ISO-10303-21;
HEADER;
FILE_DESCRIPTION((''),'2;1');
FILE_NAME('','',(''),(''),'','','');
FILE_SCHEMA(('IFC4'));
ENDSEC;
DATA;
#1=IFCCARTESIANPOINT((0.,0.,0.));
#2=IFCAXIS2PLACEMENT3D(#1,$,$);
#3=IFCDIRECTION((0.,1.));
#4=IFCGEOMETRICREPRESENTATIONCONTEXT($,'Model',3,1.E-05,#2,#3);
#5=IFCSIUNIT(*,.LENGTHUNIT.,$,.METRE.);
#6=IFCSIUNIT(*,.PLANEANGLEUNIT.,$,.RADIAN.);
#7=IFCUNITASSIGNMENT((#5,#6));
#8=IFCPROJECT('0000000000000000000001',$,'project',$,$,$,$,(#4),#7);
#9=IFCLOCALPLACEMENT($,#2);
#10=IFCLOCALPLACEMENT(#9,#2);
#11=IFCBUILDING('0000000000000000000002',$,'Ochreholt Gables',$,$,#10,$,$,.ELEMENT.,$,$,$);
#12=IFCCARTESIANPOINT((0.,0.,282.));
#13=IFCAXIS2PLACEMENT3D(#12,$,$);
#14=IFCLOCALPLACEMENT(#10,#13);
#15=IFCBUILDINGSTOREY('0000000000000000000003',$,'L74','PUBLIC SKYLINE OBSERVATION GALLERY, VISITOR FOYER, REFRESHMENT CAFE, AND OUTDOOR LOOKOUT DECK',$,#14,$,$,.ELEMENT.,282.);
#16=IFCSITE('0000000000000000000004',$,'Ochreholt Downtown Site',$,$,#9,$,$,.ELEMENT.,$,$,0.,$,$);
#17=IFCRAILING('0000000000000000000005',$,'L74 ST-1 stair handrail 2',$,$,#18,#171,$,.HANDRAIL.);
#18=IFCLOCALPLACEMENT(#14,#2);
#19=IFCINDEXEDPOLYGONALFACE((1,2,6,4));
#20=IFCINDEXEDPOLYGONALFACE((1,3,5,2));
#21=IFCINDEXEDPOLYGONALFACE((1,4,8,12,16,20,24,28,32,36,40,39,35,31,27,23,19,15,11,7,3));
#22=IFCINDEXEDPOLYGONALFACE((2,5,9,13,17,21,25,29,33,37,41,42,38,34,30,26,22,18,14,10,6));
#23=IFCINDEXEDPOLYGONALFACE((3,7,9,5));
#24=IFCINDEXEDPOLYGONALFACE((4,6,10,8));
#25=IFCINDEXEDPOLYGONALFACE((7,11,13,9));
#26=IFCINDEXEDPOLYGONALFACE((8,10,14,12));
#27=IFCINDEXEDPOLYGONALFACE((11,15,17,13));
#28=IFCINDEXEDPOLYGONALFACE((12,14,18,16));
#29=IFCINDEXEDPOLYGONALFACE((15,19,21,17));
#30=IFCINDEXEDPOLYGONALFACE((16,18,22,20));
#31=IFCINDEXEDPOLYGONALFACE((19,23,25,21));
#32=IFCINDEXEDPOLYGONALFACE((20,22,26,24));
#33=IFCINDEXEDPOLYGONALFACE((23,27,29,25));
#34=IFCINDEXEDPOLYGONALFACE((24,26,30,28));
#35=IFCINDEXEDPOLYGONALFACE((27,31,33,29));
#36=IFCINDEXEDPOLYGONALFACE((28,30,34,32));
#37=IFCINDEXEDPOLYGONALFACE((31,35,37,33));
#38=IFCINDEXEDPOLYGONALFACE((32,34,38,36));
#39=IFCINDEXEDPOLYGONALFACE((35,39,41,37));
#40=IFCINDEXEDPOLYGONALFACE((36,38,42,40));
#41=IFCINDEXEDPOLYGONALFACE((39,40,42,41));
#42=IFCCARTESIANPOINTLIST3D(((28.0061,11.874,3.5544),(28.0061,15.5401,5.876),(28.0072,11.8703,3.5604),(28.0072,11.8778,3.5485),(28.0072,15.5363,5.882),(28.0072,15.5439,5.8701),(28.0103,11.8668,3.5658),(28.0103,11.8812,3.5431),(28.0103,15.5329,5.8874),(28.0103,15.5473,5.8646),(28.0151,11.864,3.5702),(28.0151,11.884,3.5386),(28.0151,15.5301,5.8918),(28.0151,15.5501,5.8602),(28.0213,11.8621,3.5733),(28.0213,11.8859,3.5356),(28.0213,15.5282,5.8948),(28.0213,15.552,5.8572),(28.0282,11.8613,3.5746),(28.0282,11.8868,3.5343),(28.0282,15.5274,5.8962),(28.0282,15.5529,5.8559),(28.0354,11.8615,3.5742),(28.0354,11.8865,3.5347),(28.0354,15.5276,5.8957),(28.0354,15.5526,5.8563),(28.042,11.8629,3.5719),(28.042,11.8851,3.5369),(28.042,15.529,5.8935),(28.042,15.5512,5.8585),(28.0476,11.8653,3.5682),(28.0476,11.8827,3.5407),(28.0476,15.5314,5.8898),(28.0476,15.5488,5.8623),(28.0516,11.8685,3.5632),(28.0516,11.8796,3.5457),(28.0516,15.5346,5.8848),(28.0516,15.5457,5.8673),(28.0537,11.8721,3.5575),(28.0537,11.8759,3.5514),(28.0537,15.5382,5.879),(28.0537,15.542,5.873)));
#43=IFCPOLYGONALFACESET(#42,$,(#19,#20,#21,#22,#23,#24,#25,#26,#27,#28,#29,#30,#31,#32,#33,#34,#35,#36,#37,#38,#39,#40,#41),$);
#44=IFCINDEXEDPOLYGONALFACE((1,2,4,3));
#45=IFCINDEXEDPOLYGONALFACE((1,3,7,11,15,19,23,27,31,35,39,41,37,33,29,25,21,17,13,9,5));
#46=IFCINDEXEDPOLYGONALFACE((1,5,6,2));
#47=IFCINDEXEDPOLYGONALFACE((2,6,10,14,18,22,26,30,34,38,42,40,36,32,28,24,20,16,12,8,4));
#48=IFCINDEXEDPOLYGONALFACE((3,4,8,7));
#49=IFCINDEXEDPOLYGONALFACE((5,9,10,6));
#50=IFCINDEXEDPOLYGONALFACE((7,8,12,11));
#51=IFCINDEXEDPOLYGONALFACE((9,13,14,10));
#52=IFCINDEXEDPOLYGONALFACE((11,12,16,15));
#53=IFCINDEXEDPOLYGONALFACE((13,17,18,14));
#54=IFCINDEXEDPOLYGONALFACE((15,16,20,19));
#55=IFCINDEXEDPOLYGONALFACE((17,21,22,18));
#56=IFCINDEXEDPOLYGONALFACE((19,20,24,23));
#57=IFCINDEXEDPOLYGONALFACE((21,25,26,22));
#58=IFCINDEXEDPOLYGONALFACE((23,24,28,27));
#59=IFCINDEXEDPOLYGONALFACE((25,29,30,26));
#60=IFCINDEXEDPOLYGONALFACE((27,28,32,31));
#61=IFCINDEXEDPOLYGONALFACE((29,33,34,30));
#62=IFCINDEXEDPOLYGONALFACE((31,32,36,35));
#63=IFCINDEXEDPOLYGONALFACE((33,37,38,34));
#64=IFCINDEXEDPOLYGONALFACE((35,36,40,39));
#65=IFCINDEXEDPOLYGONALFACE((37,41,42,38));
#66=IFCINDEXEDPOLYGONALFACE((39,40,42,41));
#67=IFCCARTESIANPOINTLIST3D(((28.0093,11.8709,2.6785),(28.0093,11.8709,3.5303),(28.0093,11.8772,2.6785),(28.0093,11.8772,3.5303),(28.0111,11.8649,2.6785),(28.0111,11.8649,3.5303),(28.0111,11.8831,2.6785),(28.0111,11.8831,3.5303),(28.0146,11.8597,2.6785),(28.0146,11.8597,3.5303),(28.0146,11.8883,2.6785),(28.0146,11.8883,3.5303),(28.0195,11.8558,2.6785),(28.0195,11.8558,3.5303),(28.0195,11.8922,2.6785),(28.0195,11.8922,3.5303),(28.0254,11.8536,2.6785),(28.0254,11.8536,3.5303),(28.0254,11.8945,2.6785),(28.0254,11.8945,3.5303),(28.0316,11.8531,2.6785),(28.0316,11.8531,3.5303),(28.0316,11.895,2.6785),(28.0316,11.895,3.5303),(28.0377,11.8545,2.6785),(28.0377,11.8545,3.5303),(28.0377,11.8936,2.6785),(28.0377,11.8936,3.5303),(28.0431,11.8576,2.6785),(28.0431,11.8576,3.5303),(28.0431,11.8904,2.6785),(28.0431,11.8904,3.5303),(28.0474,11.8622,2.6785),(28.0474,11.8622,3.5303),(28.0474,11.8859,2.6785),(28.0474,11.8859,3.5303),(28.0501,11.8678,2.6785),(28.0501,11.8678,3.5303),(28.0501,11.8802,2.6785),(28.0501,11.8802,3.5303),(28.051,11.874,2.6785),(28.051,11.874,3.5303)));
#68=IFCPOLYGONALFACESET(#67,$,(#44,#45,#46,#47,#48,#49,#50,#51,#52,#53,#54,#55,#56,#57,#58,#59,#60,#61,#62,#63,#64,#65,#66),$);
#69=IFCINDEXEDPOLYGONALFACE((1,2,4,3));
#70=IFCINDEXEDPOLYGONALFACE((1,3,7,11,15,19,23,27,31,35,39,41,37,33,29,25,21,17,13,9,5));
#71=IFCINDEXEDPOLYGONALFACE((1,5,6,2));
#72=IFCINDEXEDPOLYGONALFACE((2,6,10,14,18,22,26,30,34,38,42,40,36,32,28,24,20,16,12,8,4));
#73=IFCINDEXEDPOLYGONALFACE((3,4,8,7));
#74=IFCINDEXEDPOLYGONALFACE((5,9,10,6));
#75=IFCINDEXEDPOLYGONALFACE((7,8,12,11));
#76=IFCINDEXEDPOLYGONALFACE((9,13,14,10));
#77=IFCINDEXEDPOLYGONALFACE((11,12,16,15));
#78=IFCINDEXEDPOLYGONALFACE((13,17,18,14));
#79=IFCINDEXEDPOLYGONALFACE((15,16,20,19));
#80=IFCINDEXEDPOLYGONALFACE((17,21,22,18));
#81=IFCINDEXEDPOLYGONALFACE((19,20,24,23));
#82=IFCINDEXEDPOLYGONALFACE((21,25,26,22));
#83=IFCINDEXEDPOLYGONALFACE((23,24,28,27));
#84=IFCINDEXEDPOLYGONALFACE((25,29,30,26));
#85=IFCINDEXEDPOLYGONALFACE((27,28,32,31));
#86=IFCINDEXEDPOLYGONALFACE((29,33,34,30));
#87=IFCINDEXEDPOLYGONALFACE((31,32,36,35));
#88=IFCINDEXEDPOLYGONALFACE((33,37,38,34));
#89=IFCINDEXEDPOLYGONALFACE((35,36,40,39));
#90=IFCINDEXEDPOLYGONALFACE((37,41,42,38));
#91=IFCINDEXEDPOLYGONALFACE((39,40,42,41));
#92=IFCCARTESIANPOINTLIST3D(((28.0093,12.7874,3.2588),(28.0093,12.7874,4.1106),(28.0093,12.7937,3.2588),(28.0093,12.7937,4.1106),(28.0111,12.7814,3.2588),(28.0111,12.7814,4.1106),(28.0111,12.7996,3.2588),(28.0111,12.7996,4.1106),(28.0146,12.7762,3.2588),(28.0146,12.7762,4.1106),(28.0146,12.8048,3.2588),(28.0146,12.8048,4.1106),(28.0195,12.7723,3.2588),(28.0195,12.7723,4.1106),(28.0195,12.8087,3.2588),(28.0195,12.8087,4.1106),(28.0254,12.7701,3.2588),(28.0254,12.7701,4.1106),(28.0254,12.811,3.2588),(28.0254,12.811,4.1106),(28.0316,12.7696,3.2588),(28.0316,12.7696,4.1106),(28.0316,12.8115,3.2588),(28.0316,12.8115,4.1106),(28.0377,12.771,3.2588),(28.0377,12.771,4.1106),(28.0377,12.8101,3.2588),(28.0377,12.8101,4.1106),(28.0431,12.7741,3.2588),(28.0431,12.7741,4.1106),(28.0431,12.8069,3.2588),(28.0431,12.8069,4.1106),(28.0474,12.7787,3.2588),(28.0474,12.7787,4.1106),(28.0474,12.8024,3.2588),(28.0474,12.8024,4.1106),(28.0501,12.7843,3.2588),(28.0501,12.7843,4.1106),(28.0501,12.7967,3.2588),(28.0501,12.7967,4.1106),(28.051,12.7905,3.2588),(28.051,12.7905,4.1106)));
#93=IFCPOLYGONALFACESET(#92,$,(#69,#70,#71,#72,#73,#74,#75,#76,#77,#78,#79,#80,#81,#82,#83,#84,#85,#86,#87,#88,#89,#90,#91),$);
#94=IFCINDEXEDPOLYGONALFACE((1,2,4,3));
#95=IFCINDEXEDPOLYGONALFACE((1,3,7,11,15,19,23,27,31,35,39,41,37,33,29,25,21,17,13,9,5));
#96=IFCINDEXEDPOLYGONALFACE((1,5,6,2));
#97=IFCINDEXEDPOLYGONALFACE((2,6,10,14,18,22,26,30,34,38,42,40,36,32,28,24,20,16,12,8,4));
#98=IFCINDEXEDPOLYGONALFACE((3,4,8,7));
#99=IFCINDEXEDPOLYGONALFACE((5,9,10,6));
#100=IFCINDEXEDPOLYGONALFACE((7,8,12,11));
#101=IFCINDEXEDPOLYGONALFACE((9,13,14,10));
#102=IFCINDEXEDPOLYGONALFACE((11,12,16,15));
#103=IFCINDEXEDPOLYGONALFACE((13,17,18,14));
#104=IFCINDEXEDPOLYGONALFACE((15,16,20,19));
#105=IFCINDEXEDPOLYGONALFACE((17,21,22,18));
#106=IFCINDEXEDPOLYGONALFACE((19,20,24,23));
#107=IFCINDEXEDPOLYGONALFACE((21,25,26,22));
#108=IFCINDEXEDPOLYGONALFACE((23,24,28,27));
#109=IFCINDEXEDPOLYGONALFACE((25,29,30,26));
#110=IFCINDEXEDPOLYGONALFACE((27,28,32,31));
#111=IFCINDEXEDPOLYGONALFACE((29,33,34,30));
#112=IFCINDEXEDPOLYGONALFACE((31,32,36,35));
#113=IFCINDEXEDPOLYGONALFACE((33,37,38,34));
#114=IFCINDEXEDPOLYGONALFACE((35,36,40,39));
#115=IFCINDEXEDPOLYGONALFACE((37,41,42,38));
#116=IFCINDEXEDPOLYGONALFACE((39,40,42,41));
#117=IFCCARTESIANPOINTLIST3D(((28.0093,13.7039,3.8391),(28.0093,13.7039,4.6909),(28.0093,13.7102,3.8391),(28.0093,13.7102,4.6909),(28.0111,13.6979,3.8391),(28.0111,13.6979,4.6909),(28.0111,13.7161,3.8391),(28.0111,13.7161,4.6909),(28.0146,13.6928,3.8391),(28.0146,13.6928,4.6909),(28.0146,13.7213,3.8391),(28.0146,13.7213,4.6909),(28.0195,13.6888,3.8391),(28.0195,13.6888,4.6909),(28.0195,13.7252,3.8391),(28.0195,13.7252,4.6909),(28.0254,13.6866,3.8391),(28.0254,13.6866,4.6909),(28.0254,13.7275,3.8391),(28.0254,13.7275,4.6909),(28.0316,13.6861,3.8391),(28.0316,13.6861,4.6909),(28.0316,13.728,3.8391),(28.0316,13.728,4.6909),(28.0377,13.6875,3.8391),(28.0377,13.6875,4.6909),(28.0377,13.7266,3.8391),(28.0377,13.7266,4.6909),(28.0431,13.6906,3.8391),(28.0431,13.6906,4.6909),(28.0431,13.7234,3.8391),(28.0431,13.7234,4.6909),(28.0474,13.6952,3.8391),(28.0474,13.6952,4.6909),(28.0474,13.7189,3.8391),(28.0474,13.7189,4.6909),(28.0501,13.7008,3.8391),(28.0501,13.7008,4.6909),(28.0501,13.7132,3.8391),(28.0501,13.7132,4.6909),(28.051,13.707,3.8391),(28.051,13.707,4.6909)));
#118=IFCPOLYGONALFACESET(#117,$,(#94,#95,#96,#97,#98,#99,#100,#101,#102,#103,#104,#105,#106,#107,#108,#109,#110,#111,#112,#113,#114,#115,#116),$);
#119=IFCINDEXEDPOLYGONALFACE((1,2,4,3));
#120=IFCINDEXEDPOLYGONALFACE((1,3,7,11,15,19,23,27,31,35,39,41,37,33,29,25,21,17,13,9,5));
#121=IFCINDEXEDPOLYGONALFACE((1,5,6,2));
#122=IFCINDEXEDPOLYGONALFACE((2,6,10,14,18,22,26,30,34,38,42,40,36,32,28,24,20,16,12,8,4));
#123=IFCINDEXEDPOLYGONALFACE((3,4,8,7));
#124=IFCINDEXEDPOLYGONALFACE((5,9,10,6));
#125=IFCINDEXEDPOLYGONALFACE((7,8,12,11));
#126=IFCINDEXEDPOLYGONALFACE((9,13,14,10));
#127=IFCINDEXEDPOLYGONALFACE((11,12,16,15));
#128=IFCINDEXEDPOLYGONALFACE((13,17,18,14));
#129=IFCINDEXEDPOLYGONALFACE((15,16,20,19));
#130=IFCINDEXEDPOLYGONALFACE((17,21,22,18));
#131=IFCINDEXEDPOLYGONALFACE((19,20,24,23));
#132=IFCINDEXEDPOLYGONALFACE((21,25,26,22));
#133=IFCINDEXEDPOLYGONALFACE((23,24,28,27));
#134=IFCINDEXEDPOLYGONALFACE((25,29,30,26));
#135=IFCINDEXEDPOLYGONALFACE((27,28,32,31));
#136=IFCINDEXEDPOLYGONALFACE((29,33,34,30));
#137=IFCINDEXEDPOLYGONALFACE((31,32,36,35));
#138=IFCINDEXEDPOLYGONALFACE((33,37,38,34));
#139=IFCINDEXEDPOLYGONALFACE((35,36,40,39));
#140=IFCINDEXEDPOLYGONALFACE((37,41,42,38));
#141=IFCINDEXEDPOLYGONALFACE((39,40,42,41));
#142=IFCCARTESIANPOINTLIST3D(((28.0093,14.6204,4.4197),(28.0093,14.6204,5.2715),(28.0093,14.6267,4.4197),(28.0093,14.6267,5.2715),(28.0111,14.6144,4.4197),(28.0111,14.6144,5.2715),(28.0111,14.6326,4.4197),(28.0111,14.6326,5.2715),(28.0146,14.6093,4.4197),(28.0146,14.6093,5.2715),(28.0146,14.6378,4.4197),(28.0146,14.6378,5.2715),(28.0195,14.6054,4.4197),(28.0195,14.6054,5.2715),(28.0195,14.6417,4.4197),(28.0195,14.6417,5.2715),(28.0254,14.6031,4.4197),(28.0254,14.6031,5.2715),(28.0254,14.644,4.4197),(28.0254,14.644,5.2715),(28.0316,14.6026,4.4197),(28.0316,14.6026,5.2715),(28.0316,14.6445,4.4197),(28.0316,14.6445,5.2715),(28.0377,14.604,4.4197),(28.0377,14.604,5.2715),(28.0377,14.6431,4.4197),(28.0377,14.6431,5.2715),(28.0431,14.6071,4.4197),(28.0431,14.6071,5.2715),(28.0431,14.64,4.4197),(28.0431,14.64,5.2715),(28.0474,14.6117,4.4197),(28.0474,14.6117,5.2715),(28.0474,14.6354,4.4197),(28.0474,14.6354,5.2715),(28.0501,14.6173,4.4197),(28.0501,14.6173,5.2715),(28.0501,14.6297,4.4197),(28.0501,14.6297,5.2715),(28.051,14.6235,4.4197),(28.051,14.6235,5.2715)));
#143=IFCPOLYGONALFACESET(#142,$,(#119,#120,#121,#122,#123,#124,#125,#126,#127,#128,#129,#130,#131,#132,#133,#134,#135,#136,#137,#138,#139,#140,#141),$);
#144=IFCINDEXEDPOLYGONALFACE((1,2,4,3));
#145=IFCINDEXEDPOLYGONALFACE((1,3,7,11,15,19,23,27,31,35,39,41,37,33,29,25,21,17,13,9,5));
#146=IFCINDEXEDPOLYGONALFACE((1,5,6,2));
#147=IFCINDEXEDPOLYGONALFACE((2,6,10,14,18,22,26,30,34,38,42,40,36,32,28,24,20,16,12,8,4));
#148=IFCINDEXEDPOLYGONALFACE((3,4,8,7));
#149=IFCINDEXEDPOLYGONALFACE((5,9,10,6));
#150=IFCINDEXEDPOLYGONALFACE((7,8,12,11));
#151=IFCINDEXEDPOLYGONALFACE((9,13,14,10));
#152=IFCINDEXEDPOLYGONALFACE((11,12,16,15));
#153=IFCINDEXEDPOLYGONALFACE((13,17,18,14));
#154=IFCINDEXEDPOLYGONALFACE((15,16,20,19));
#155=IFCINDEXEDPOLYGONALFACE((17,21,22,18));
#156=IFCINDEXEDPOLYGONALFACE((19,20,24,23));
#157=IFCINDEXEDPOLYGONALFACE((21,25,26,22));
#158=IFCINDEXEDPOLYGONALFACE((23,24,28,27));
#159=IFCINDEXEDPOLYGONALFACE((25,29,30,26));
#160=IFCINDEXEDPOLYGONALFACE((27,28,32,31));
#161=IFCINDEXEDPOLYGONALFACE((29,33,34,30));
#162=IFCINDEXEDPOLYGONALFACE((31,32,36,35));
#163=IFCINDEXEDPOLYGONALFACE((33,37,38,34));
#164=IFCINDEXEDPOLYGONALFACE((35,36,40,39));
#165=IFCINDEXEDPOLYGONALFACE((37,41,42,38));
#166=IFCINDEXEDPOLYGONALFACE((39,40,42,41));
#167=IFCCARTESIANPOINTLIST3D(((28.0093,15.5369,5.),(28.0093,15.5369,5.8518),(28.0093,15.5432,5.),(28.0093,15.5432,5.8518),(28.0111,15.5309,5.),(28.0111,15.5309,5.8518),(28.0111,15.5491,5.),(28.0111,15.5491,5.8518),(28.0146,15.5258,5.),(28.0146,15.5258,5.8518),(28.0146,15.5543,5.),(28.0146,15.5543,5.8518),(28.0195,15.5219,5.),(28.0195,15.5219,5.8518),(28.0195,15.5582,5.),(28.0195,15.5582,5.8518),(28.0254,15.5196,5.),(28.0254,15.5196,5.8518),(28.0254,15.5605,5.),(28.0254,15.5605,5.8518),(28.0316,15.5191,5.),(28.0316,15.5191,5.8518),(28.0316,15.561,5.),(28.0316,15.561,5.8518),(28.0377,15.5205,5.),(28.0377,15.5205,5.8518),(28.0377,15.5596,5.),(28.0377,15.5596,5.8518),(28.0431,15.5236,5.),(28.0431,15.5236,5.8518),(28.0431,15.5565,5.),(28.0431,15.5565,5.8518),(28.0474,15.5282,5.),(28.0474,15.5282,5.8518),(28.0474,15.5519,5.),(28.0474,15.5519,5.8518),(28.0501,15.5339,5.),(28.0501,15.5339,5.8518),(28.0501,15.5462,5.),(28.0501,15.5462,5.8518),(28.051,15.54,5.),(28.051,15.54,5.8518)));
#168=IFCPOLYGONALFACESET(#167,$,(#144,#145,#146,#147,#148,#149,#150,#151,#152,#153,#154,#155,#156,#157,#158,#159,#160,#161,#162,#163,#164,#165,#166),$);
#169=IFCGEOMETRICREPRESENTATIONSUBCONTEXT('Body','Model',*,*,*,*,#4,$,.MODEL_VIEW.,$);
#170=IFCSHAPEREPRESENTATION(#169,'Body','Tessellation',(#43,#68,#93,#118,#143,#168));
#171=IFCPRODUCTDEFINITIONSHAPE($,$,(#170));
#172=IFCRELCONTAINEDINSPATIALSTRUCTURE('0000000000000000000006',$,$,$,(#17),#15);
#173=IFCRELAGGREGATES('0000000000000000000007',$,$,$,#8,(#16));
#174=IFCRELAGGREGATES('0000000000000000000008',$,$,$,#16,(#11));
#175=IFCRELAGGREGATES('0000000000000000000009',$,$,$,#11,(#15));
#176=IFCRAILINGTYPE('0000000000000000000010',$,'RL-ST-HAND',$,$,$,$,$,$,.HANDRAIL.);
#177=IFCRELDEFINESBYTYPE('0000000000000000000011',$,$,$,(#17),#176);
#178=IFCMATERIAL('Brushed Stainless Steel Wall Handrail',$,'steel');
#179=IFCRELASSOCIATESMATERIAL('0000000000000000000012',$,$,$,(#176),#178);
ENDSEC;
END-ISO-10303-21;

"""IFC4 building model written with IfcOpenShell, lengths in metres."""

from ifc_helpers import new_model, si_unit, direction, frame, origin, origin_2d, place, context, subcontext, project, spatial, circle, extrude, material, type_object, element, save


model = new_model("IFC4")

# Units and contexts
model_context = context("Model", 3, precision=1e-05, world=origin(), true_north=direction((0.0, 1.0)))
body_context = subcontext(model_context, "Body", "Model", "MODEL_VIEW")
ifc_project = project(units=[si_unit("LENGTHUNIT", "METRE"), si_unit("PLANEANGLEUNIT", "RADIAN")], contexts=[model_context])

# Site, building, storey
site_placement = place(None, origin())
site = spatial("IfcSite", under=ifc_project, at=site_placement, Name="Ochreholt Downtown Site", CompositionType="ELEMENT", RefElevation=0.0)
building_placement = place(site_placement, origin())
building = spatial("IfcBuilding", under=site, at=building_placement, Name="Ochreholt Gables", CompositionType="ELEMENT")
storey_placement = place(building_placement, frame((0.0, 0.0, 282.0)))
storey = spatial("IfcBuildingStorey", under=building, at=storey_placement, Name="L74", Description="PUBLIC SKYLINE OBSERVATION GALLERY, VISITOR FOYER, REFRESHMENT CAFE, AND OUTDOOR LOOKOUT DECK", CompositionType="ELEMENT", Elevation=282.0)

# Railing
ifc_material_1 = material(Name="Brushed Stainless Steel Wall Handrail", Category="steel")
railing_type_1 = type_object("IfcRailingType", Name="RL-ST-HAND", PredefinedType="HANDRAIL", material=ifc_material_1)
railing_1_placement = place(storey_placement, frame((28.03, 11.874, 2.6785)))
element("IfcRailing", 1, at=railing_1_placement, inside=storey, type_object=railing_type_1, Name="L74 ST-1 stair handrail 2", PredefinedType="HANDRAIL", context=body_context, shape_type="SweptSolid", body=[
    extrude(circle(Radius=0.0239, at=origin_2d()), frame((0.0, 0.0, 0.876), z_axis=(0.0, 0.844848, 0.535007), x_axis=(-1.0, 0.0, 0.0)), (0.0, 0.0, 1.0), 4.3394),
    extrude(circle(Radius=0.021, at=origin_2d()), origin(), (0.0, 0.0, 1.0), 0.8518),
    extrude(circle(Radius=0.021, at=origin_2d()), frame((0.0, 0.9165, 0.5803)), (0.0, 0.0, 1.0), 0.8518),
    extrude(circle(Radius=0.021, at=origin_2d()), frame((0.0, 1.833, 1.1606)), (0.0, 0.0, 1.0), 0.8518),
    extrude(circle(Radius=0.021, at=origin_2d()), frame((0.0, 2.7495, 1.7412)), (0.0, 0.0, 1.0), 0.8518),
    extrude(circle(Radius=0.021, at=origin_2d()), frame((0.0, 3.666, 2.3215)), (0.0, 0.0, 1.0), 0.8518),
])

save(model, "model.ifc")
